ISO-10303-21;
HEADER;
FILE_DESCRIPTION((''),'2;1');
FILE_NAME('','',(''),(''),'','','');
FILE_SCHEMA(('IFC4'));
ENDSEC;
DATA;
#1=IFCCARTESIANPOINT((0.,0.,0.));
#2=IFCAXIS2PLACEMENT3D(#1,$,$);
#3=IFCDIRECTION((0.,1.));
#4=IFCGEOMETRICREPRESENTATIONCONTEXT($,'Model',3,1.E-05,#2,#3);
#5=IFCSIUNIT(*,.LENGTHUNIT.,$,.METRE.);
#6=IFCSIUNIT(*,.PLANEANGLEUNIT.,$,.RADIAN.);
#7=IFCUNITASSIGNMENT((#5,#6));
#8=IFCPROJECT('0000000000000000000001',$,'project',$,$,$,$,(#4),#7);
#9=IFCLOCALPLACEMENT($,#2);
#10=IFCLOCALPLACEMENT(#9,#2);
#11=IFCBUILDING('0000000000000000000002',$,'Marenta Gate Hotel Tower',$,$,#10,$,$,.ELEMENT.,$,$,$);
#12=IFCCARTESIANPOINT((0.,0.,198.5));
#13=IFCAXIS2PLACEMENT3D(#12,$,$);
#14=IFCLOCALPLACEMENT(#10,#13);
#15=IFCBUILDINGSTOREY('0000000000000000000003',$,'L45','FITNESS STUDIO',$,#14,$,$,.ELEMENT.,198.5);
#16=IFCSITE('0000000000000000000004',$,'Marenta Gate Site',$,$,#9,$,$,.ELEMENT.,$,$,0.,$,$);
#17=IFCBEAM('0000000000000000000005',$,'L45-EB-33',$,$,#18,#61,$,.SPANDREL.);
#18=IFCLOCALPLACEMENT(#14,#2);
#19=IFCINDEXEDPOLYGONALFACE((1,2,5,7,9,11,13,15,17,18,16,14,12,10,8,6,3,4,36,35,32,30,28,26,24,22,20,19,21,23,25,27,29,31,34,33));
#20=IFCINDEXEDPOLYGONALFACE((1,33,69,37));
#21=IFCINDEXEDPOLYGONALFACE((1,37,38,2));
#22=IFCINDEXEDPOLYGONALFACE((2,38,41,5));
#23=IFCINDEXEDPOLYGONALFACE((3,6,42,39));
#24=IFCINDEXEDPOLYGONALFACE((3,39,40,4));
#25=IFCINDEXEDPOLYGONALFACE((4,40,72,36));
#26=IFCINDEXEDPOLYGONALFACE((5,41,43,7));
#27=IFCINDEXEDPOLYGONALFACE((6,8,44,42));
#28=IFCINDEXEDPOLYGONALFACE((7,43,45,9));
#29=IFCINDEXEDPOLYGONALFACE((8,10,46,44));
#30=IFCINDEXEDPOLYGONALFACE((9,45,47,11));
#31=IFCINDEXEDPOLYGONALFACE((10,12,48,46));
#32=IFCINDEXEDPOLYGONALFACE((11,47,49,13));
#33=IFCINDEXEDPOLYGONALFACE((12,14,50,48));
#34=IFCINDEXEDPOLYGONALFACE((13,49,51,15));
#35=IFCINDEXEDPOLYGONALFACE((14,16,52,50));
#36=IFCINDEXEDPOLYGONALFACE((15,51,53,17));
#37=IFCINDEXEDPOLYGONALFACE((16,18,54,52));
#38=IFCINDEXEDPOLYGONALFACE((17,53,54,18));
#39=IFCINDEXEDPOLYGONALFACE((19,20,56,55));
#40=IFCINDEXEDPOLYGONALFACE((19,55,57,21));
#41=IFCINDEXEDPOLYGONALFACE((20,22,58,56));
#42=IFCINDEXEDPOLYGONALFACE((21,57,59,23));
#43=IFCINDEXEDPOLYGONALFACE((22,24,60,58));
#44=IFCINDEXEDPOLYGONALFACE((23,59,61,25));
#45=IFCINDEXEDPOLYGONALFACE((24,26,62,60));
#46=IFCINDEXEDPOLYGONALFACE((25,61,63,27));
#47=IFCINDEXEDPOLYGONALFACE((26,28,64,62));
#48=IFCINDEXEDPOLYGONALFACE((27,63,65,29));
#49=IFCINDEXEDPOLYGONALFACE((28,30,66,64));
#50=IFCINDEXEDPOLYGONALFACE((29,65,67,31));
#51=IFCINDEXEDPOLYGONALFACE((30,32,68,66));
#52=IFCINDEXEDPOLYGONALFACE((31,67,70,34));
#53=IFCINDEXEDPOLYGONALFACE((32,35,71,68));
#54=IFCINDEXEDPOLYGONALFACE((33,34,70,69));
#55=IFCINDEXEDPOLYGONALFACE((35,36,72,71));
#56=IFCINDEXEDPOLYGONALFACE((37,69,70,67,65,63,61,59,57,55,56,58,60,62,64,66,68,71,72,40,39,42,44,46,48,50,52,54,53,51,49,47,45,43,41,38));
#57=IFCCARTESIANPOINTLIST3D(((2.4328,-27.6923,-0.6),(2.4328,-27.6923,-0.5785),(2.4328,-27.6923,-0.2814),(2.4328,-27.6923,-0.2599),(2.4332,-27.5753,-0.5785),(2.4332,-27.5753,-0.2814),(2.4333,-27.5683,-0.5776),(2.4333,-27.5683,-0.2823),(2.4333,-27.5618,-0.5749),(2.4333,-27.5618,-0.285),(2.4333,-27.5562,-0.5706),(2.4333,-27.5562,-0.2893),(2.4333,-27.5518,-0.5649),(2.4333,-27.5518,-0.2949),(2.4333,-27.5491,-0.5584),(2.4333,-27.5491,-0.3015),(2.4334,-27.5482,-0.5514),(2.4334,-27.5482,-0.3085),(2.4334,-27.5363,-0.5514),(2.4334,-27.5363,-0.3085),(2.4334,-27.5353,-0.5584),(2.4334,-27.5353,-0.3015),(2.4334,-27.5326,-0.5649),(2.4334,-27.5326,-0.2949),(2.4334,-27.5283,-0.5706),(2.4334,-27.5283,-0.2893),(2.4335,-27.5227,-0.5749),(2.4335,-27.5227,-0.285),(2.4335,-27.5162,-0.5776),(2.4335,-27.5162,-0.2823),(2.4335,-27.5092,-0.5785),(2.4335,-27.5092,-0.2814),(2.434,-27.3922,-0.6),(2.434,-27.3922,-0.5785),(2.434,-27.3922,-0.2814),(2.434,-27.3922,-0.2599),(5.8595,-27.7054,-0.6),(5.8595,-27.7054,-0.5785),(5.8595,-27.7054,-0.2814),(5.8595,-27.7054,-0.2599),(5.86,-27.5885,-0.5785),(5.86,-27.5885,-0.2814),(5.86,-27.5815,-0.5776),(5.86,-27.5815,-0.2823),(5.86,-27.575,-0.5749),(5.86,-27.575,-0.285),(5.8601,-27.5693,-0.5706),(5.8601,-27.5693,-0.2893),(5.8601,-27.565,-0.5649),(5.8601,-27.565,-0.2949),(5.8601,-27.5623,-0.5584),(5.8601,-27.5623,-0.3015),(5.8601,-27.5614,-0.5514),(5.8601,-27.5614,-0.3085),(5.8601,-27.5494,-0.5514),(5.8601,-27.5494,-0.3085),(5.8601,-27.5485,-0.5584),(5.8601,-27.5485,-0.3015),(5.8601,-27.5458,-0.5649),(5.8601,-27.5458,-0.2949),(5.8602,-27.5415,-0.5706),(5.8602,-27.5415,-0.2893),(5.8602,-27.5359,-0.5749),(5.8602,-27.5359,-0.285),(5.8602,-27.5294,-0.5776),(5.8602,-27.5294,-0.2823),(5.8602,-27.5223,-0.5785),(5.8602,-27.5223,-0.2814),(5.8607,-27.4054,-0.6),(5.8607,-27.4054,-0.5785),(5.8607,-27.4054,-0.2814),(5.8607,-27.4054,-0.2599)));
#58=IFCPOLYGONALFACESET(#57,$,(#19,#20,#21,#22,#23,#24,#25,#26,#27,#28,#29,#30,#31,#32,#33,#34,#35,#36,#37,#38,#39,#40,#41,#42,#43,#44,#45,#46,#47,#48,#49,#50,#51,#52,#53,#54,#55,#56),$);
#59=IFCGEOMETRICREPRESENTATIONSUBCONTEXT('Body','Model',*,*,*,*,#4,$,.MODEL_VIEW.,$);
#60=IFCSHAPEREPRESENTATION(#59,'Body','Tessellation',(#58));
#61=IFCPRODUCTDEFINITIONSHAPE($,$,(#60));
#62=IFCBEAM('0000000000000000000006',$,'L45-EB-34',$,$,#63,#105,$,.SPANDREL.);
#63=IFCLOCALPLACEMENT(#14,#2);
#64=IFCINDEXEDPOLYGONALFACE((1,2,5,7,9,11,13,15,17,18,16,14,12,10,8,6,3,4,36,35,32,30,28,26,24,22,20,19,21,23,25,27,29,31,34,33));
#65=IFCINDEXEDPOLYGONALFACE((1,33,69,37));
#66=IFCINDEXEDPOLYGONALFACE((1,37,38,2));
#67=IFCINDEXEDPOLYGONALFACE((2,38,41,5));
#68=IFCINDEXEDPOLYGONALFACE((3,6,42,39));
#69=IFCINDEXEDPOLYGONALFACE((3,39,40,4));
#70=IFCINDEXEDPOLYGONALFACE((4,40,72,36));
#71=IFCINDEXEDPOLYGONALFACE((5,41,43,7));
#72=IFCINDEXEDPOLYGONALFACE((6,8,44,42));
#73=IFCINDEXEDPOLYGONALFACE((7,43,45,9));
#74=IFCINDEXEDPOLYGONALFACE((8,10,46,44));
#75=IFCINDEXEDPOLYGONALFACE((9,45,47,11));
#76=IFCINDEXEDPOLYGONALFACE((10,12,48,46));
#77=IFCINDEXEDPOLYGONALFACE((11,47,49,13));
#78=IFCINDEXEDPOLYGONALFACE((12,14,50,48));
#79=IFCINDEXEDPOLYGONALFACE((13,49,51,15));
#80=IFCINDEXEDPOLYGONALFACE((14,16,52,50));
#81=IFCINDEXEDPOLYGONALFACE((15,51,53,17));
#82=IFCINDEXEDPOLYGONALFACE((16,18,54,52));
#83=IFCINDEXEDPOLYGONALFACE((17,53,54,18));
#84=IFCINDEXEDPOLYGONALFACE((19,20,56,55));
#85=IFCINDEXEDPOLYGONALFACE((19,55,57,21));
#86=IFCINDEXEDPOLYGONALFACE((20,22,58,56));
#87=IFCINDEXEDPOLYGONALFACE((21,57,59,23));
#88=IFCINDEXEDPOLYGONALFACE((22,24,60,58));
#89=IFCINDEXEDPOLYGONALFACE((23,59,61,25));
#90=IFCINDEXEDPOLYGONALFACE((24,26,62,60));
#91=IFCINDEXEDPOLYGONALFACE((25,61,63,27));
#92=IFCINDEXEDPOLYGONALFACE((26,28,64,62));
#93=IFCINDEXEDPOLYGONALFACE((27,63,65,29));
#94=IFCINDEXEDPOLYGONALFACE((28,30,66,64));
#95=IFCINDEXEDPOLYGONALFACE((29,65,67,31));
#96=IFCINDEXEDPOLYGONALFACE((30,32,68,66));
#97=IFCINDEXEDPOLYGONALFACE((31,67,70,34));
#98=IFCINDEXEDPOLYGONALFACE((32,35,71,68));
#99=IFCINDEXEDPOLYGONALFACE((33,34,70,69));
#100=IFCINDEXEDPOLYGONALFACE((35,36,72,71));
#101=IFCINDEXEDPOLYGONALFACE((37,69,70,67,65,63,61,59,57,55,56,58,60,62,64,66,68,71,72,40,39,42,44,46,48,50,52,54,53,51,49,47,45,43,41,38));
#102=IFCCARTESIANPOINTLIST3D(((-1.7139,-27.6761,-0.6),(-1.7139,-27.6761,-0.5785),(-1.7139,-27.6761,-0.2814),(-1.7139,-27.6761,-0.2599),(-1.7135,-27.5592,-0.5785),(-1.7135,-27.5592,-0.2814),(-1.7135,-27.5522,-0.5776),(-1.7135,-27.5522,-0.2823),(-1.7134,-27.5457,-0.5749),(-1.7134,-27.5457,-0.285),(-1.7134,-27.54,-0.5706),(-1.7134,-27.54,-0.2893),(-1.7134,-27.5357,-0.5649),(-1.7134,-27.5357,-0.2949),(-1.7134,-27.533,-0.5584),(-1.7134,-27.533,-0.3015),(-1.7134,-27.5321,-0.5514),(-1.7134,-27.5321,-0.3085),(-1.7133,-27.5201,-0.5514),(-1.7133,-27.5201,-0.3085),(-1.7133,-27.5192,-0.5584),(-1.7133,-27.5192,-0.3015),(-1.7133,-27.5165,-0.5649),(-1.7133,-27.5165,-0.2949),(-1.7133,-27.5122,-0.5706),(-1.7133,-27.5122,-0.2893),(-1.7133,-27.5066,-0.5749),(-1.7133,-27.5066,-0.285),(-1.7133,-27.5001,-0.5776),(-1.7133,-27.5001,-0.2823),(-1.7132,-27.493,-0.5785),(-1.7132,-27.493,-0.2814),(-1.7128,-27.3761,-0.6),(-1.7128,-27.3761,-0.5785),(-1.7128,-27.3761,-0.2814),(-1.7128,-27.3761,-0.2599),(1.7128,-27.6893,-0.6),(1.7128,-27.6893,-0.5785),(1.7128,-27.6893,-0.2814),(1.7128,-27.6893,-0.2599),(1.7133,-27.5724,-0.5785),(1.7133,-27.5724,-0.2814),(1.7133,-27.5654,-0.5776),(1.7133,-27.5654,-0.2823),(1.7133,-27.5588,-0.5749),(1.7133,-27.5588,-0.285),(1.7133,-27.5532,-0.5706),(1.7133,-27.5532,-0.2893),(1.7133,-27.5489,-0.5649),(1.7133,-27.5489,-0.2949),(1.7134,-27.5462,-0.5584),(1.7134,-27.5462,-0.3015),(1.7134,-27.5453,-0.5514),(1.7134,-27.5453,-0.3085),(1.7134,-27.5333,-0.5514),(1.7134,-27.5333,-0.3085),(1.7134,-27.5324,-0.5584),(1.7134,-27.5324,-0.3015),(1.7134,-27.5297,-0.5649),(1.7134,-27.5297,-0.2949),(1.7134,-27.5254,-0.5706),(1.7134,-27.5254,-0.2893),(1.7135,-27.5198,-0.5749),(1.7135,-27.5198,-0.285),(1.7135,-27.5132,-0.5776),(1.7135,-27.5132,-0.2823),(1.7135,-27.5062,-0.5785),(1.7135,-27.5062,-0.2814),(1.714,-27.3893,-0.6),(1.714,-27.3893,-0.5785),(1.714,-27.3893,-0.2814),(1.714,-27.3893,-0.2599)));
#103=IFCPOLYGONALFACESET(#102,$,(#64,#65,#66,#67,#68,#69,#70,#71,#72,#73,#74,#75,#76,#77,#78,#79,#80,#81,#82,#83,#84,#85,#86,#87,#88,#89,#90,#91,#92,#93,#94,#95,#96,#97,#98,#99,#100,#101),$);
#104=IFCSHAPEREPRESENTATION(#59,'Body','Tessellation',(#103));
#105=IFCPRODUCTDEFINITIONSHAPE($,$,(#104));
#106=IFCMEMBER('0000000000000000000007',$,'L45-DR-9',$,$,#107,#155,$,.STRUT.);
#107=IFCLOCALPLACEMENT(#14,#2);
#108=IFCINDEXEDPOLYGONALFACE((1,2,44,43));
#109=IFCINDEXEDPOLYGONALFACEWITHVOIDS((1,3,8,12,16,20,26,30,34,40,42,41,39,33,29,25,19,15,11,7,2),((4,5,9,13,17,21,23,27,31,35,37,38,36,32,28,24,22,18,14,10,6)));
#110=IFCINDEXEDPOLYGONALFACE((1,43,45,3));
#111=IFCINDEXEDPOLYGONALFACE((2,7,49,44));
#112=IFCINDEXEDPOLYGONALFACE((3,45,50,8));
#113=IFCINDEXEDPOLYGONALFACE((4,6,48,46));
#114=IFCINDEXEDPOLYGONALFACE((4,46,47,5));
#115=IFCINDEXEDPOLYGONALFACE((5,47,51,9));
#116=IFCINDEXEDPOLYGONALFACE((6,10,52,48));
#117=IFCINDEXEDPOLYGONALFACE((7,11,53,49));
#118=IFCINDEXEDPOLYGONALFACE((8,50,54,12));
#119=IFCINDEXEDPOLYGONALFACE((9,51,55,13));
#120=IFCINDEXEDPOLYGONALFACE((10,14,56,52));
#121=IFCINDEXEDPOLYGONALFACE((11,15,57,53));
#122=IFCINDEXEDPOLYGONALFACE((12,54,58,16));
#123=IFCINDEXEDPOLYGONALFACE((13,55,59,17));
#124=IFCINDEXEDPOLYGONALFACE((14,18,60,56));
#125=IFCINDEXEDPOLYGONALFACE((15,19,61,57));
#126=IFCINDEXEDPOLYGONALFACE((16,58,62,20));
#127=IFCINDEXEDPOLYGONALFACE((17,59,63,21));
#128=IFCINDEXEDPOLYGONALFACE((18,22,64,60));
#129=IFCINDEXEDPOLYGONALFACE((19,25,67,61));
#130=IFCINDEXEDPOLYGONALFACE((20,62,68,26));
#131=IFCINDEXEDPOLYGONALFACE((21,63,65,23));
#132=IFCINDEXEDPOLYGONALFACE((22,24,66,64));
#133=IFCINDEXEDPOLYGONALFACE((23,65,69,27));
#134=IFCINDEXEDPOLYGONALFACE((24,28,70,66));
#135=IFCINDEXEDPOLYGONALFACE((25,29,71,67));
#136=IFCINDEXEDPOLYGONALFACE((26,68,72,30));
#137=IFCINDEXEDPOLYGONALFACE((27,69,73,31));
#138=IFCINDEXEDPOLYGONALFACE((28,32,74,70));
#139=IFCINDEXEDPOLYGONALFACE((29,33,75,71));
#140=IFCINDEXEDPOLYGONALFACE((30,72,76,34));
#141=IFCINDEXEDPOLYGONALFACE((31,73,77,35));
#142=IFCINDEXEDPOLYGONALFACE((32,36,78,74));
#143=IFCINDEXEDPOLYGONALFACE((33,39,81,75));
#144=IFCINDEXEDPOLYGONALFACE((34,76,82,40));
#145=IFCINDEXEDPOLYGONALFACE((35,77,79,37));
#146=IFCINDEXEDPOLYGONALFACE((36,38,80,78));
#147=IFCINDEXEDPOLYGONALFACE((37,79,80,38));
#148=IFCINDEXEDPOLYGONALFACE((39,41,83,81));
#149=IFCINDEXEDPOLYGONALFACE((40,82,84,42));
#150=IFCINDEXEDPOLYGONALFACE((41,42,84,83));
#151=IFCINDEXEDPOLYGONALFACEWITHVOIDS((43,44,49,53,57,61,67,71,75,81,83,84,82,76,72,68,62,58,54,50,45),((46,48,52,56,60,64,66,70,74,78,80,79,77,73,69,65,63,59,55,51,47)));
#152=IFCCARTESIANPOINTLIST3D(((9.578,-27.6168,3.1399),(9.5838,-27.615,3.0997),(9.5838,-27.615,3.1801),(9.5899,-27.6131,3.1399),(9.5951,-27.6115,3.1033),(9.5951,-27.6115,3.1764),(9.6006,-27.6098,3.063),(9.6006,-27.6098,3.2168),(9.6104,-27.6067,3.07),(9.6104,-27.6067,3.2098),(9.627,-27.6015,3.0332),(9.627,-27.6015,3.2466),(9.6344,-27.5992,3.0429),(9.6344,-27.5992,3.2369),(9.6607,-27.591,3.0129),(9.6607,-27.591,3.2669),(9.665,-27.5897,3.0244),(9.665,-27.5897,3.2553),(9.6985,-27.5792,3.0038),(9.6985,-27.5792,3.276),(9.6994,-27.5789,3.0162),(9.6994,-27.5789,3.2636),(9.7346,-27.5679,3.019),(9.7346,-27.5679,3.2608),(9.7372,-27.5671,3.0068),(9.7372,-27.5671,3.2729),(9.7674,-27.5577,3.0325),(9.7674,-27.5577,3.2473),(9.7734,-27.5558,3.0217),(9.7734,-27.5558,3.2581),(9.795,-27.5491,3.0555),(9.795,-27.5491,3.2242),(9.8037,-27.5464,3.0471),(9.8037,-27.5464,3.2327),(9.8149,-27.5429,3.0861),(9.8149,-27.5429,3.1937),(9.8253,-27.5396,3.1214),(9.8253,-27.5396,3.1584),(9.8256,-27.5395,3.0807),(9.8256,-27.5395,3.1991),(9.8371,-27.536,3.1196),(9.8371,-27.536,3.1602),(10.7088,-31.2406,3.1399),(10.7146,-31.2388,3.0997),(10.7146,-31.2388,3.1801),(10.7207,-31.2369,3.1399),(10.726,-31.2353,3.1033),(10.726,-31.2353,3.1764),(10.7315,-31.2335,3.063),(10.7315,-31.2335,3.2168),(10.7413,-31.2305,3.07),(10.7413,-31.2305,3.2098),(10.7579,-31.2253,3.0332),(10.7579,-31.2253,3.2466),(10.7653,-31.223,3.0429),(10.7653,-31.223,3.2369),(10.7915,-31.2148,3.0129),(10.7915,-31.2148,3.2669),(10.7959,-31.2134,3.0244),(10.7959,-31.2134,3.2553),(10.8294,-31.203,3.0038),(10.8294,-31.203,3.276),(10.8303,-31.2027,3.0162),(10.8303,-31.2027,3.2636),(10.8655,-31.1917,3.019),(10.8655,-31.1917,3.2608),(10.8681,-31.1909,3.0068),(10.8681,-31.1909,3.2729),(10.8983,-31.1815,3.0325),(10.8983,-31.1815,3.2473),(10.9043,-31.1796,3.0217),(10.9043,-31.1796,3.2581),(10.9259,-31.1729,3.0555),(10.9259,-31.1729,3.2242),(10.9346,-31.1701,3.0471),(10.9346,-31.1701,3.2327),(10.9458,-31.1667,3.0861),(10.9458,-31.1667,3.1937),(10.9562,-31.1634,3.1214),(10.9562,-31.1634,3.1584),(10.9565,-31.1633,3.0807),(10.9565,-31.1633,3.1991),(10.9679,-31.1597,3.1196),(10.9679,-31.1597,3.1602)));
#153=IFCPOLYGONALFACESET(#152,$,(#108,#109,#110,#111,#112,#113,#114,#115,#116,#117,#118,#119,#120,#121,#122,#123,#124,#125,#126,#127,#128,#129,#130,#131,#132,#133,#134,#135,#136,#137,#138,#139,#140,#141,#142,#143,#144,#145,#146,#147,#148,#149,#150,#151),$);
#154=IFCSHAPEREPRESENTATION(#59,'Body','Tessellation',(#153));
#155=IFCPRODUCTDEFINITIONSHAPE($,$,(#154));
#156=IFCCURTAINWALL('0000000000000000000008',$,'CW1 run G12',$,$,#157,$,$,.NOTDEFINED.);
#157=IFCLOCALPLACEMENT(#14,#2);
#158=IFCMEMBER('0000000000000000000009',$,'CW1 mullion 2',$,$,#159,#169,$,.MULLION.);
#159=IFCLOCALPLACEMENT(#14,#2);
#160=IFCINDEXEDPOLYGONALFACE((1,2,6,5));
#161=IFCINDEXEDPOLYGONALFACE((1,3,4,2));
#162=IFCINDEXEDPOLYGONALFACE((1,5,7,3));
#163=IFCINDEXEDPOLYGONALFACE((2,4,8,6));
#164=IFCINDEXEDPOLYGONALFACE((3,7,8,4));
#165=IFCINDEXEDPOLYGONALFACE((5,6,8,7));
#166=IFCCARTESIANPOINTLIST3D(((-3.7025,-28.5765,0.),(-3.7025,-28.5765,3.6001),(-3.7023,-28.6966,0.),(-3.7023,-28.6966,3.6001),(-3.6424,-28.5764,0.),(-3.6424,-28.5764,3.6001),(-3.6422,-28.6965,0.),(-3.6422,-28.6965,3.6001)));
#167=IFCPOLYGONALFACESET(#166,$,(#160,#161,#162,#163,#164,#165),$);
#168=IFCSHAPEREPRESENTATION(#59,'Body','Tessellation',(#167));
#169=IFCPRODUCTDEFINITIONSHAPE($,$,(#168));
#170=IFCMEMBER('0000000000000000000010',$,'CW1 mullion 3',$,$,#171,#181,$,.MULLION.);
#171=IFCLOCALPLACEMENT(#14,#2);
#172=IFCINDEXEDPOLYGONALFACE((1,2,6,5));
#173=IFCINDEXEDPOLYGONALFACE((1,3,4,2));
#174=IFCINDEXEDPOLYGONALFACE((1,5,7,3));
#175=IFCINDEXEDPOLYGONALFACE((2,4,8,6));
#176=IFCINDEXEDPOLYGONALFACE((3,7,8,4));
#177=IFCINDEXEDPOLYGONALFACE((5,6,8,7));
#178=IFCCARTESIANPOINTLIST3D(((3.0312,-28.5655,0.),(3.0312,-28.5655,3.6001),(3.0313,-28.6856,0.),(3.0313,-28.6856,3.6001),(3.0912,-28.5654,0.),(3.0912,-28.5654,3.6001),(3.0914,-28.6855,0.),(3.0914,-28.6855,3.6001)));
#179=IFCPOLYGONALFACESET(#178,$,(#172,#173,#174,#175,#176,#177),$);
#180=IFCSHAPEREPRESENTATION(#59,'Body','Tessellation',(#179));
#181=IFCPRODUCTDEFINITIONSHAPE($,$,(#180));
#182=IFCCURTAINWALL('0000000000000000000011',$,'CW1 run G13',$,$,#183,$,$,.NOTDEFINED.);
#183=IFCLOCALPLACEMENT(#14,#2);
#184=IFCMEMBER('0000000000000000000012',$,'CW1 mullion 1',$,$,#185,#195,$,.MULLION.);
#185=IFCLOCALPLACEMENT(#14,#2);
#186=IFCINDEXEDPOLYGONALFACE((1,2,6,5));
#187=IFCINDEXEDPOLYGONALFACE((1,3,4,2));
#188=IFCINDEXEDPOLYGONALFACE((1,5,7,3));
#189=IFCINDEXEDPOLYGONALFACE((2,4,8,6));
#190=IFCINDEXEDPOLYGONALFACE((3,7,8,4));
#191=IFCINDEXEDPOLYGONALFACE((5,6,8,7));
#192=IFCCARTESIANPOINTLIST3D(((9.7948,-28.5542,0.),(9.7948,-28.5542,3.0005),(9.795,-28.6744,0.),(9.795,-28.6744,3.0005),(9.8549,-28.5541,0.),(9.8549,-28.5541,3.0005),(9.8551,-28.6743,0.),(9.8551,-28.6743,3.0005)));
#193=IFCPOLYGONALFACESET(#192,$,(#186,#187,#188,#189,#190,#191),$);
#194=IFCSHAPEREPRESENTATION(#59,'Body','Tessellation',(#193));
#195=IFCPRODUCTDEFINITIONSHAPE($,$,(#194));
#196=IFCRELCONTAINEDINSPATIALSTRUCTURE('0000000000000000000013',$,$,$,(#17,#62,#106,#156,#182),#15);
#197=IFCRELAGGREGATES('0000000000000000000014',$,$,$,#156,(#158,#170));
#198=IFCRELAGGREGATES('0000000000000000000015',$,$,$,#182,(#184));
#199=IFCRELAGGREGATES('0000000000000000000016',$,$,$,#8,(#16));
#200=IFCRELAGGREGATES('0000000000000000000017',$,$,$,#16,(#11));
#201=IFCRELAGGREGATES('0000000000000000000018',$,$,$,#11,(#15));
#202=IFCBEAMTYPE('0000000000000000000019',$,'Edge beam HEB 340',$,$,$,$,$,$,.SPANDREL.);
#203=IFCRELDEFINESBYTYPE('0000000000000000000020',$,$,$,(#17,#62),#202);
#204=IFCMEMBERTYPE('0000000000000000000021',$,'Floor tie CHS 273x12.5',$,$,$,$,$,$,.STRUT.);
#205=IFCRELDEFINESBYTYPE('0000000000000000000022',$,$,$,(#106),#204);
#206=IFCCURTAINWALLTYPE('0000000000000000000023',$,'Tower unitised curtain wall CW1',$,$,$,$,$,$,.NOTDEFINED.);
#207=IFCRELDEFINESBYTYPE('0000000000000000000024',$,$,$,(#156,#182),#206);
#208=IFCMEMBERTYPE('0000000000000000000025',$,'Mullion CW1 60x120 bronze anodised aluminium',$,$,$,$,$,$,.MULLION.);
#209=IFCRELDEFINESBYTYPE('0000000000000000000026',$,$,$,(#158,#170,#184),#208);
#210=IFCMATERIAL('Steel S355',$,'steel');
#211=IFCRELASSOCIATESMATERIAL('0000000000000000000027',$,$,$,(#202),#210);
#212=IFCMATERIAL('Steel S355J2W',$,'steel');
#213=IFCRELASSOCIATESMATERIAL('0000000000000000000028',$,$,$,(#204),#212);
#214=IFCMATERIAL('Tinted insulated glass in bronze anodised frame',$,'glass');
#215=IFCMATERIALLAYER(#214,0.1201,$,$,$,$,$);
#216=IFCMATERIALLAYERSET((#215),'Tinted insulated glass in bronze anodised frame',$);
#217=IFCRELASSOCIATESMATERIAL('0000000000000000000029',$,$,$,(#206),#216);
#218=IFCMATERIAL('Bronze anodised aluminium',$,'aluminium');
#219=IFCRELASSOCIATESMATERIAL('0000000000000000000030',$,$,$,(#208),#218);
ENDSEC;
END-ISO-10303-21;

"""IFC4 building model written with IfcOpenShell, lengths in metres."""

from ifc_helpers import new_model, si_unit, direction, frame, origin, origin_2d, place, context, subcontext, project, spatial, rectangle, hollow_circle, i_section, extrude, material, layer, layer_set, material_profile, profile_set, type_object, element, aggregate, save


model = new_model("IFC4")

# Units and contexts
model_context = context("Model", 3, precision=1e-05, world=origin(), true_north=direction((0.0, 1.0)))
body_context = subcontext(model_context, "Body", "Model", "MODEL_VIEW")
ifc_project = project(units=[si_unit("LENGTHUNIT", "METRE"), si_unit("PLANEANGLEUNIT", "RADIAN")], contexts=[model_context])

# Site, building, storey
site_placement = place(None, origin())
site = spatial("IfcSite", under=ifc_project, at=site_placement, Name="Marenta Gate Site", CompositionType="ELEMENT", RefElevation=0.0)
building_placement = place(site_placement, origin())
building = spatial("IfcBuilding", under=site, at=building_placement, Name="Marenta Gate Hotel Tower", CompositionType="ELEMENT")
storey_placement = place(building_placement, frame((0.0, 0.0, 198.5)))
storey = spatial("IfcBuildingStorey", under=building, at=storey_placement, Name="L45", Description="FITNESS STUDIO", CompositionType="ELEMENT", Elevation=198.5)

# Beams
ifc_material_1 = material(Name="Steel S355", Category="steel")
ifc_material_profile_1 = material_profile(ifc_material_1, i_section(OverallWidth=0.3, OverallDepth=0.3401, WebThickness=0.012, FlangeThickness=0.0215, FilletRadius=0.0271, at=origin_2d()), Name="HEB 340")
ifc_profile_set_1 = profile_set([ifc_material_profile_1], Name="Steel S355")
beam_type = type_object("IfcBeamType", Name="Edge beam HEB 340", PredefinedType="SPANDREL", material=ifc_profile_set_1)
for number, where, z_axis, x_axis, name in (
    (1, (5.8601, -27.5554, -0.4299), (-0.999993, 0.003847, 0.0), (-0.003847, -0.999993, 0.0), "L45-EB-33"),
    (2, (1.7134, -27.5393, -0.4299), (-0.999993, 0.003847, 0.0), (-0.003847, -0.999993, 0.0), "L45-EB-34"),
):
    element("IfcBeam", number, at=place(storey_placement, frame(where, z_axis=z_axis, x_axis=x_axis)), inside=storey, type_object=beam_type, Name=name, PredefinedType="SPANDREL", context=body_context, shape_type="SweptSolid", body=[
        extrude(i_section(OverallWidth=0.3, OverallDepth=0.3401, WebThickness=0.012, FlangeThickness=0.0215, FilletRadius=0.0271, at=origin_2d()), origin(), (0.0, 0.0, 1.0), 3.4268),
    ])

# Member
ifc_material_2 = material(Name="Steel S355J2W", Category="steel")
ifc_material_profile_2 = material_profile(ifc_material_2, hollow_circle(Radius=0.1365, WallThickness=0.0125, at=origin_2d()), Name="CHS 273x12.5")
ifc_profile_set_2 = profile_set([ifc_material_profile_2], Name="Steel S355J2W")
member_type_1 = type_object("IfcMemberType", Name="Floor tie CHS 273x12.5", PredefinedType="STRUT", material=ifc_profile_set_2)
member_1_placement = place(storey_placement, frame((10.8391, -31.2, 3.1399), z_axis=(-0.297898, 0.954598, 0.0), x_axis=(-0.954598, -0.297898, 0.0)))
element("IfcMember", 3, at=member_1_placement, inside=storey, type_object=member_type_1, Name="L45-DR-9", PredefinedType="STRUT", context=body_context, shape_type="SweptSolid", body=[
    extrude(hollow_circle(Radius=0.1365, WallThickness=0.0125, at=origin_2d()), origin(), (0.0, 0.0, 1.0), 3.7961),
])

# Curtain wall, members
ifc_material_3 = material(Name="Tinted insulated glass in bronze anodised frame", Category="glass")
ifc_layer_1 = layer(ifc_material_3, 0.1201)
ifc_layer_set_1 = layer_set([ifc_layer_1], Name="Tinted insulated glass in bronze anodised frame")
curtain_wall_type = type_object("IfcCurtainWallType", Name="Tower unitised curtain wall CW1", PredefinedType="NOTDEFINED", material=ifc_layer_set_1)
curtain_wall_1_placement = place(storey_placement, origin())
curtain_wall_1 = element("IfcCurtainWall", 4, at=curtain_wall_1_placement, inside=storey, type_object=curtain_wall_type, Name="CW1 run G12", PredefinedType="NOTDEFINED")
ifc_material_4 = material(Name="Bronze anodised aluminium", Category="aluminium")
ifc_material_profile_3 = material_profile(ifc_material_4, rectangle(XDim=0.1201, YDim=0.0601, at=origin_2d()), Name="Mullion CW1 60x120 bronze anodised aluminium")
ifc_profile_set_3 = profile_set([ifc_material_profile_3], Name="Bronze anodised aluminium")
member_type_2 = type_object("IfcMemberType", Name="Mullion CW1 60x120 bronze anodised aluminium", PredefinedType="MULLION", material=ifc_profile_set_3)
member_2_placement = place(storey_placement, frame((-3.6724, -28.6365, 0.0), z_axis=(0.0, 0.0, 1.0), x_axis=(-0.001643, 0.999999, 0.0)))
member_2 = element("IfcMember", 5, at=member_2_placement, type_object=member_type_2, Name="CW1 mullion 2", PredefinedType="MULLION", context=body_context, shape_type="SweptSolid", body=[
    extrude(rectangle(XDim=0.1201, YDim=0.0601, at=origin_2d()), origin(), (0.0, 0.0, 1.0), 3.6001),
])
member_3_placement = place(storey_placement, frame((3.0613, -28.6255, 0.0), z_axis=(0.0, 0.0, 1.0), x_axis=(-0.001643, 0.999999, 0.0)))
member_3 = element("IfcMember", 6, at=member_3_placement, type_object=member_type_2, Name="CW1 mullion 3", PredefinedType="MULLION", context=body_context, shape_type="SweptSolid", body=[
    extrude(rectangle(XDim=0.1201, YDim=0.0601, at=origin_2d()), origin(), (0.0, 0.0, 1.0), 3.6001),
])

# Curtain wall, member
curtain_wall_2_placement = place(storey_placement, origin())
curtain_wall_2 = element("IfcCurtainWall", 7, at=curtain_wall_2_placement, inside=storey, type_object=curtain_wall_type, Name="CW1 run G13", PredefinedType="NOTDEFINED")
member_4_placement = place(storey_placement, frame((9.825, -28.6143, 0.0), z_axis=(0.0, 0.0, 1.0), x_axis=(-0.001687, 0.999999, 0.0)))
member_4 = element("IfcMember", 8, at=member_4_placement, type_object=member_type_2, Name="CW1 mullion 1", PredefinedType="MULLION", context=body_context, shape_type="SweptSolid", body=[
    extrude(rectangle(XDim=0.1201, YDim=0.0601, at=origin_2d()), origin(), (0.0, 0.0, 1.0), 3.0005),
])

aggregate(curtain_wall_1, [member_2, member_3])
aggregate(curtain_wall_2, [member_4])

save(model, "model.ifc")
